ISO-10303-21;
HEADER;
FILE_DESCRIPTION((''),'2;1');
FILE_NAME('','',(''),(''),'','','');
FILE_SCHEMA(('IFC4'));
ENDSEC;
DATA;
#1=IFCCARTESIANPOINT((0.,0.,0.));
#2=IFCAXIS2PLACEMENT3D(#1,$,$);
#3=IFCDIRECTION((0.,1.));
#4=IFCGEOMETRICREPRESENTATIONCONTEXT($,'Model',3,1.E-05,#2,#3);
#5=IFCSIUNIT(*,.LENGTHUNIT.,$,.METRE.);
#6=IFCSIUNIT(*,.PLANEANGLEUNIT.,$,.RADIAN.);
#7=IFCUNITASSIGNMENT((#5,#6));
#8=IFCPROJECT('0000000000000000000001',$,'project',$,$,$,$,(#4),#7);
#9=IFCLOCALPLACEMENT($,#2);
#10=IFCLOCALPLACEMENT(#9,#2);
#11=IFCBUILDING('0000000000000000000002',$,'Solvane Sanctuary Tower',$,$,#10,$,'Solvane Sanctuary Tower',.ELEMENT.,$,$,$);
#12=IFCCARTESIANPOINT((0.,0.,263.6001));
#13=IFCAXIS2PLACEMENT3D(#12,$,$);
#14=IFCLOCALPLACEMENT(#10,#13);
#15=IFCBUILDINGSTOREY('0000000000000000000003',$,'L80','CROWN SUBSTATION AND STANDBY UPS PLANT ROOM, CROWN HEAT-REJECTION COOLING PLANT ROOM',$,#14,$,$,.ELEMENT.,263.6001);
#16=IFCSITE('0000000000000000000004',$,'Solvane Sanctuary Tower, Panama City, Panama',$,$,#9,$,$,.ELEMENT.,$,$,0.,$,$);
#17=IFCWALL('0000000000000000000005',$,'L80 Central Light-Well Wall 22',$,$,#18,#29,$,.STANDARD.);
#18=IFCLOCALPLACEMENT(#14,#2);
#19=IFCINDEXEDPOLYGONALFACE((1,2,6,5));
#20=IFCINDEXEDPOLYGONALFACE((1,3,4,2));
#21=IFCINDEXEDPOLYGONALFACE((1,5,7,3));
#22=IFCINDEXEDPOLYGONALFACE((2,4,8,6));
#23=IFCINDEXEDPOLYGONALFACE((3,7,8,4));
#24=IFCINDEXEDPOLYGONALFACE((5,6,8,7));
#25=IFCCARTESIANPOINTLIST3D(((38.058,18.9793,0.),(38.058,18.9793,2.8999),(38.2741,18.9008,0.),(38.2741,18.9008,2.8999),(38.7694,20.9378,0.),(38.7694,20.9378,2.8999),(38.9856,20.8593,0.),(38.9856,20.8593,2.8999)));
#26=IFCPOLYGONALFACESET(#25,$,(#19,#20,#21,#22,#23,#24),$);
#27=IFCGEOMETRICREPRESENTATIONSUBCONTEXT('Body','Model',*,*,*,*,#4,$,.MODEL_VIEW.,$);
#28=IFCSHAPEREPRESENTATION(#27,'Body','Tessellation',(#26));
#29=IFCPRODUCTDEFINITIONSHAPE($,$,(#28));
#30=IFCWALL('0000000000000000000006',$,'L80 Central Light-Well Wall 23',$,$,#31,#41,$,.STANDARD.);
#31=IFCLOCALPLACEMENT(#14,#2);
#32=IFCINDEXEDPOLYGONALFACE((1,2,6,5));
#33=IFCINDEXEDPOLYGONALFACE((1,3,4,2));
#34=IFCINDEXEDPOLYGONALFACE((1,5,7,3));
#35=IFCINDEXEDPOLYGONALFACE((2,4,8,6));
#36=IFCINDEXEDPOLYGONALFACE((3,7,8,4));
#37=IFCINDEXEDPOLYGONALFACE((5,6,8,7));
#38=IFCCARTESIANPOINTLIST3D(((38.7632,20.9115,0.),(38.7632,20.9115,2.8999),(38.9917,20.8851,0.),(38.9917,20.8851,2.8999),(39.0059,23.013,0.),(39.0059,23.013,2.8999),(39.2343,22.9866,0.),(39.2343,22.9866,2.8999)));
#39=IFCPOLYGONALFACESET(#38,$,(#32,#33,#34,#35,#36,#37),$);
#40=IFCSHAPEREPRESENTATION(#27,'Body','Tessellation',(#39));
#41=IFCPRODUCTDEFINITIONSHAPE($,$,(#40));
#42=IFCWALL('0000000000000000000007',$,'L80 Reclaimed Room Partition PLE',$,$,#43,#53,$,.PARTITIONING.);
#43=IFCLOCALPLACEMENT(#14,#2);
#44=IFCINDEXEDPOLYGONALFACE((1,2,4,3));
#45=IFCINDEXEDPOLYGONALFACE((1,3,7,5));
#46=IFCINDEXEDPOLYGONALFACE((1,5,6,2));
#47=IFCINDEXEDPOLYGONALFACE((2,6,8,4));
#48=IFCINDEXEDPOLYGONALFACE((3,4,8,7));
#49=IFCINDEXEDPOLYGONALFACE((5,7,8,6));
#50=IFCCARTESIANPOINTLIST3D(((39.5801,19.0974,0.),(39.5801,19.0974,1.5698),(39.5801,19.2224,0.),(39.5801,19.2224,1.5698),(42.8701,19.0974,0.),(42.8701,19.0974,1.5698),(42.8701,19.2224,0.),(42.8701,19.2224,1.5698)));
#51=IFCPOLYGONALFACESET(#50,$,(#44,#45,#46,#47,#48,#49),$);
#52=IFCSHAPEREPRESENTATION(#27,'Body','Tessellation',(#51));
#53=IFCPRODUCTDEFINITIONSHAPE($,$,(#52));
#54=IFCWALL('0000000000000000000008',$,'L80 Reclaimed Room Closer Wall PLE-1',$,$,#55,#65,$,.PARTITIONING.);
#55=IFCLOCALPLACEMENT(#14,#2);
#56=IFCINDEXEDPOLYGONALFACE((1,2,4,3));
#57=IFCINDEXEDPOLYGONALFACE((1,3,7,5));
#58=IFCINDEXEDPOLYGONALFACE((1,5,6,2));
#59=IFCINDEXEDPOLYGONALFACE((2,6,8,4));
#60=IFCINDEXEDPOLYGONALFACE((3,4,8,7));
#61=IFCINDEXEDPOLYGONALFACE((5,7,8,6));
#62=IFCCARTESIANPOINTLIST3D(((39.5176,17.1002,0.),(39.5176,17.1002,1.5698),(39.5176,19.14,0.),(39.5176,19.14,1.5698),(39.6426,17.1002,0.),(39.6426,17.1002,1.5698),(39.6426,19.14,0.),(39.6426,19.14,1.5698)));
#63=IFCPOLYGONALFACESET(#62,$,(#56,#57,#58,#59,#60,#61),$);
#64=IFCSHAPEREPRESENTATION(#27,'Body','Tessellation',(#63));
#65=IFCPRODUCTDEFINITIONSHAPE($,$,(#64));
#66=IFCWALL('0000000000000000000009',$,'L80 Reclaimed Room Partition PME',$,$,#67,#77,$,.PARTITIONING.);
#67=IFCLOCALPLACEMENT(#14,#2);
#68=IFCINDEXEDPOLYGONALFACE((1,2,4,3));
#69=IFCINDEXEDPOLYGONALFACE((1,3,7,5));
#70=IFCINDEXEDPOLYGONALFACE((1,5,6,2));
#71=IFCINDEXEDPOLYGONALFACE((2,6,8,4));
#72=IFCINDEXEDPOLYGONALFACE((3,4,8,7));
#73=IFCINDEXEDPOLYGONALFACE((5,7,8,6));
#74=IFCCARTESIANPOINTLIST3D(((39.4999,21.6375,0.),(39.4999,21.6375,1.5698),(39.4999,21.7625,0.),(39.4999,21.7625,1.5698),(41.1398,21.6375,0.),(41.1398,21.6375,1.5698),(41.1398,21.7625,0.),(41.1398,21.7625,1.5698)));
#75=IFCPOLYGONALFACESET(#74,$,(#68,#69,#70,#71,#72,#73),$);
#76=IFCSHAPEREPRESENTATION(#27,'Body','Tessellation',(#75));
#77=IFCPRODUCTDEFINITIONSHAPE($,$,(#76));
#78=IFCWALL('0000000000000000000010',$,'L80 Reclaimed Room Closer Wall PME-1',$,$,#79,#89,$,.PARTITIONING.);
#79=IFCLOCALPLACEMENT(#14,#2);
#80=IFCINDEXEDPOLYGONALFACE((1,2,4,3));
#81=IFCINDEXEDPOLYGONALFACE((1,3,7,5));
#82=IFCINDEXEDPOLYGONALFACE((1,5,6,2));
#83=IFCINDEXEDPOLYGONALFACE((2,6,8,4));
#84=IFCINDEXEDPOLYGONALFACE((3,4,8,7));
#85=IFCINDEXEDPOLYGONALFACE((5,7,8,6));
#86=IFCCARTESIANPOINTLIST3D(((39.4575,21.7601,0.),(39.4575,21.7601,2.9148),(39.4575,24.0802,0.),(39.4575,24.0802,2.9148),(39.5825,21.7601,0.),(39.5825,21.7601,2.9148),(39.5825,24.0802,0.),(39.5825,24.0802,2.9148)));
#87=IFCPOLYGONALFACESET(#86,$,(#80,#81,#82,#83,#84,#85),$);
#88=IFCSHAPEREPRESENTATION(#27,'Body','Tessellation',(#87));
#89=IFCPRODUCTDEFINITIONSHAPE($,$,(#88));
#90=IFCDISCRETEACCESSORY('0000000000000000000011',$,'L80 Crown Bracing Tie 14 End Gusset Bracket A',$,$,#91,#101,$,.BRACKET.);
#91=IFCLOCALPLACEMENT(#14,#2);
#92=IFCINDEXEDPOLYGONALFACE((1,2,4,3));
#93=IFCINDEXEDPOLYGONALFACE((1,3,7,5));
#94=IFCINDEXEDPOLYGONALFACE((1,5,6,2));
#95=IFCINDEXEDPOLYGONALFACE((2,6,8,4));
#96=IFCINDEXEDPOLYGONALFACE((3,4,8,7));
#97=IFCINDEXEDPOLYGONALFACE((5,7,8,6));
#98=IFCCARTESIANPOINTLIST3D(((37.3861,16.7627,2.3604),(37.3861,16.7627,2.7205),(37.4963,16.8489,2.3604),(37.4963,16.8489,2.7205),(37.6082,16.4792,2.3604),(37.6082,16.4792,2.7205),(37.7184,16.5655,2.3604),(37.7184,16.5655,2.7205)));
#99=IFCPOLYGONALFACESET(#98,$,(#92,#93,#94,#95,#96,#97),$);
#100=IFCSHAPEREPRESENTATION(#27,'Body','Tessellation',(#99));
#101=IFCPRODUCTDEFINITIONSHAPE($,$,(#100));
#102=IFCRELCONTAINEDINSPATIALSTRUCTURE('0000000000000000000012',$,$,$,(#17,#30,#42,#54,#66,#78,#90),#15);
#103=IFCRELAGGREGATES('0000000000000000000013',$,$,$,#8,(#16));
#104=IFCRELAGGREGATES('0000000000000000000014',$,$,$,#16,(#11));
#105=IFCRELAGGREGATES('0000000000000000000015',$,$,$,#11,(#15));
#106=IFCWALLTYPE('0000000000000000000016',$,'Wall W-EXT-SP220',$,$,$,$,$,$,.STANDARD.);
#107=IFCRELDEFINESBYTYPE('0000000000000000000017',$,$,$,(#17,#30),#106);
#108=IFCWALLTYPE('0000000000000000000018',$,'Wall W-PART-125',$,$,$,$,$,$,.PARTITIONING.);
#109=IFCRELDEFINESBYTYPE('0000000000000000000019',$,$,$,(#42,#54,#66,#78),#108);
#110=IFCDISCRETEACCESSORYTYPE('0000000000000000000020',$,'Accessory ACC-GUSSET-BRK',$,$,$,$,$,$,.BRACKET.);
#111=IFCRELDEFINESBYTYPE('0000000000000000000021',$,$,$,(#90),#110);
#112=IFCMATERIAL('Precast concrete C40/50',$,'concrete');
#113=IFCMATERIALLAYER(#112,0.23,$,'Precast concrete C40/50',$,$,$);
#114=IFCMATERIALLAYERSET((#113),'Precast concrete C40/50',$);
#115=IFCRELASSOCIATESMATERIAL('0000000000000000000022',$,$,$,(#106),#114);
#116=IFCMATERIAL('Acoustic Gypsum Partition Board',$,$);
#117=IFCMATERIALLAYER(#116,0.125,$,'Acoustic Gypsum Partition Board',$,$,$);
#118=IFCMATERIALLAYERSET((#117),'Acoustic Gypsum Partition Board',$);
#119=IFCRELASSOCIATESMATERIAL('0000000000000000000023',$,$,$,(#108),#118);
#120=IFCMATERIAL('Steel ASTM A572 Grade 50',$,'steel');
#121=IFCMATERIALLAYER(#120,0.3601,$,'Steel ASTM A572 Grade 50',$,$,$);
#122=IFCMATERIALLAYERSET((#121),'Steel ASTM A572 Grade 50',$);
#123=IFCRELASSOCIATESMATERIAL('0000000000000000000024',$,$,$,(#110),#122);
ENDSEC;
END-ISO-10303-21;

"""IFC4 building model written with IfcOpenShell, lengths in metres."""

from ifc_helpers import new_model, si_unit, direction, frame, frame_2d, origin, origin_2d, place, context, subcontext, project, spatial, rectangle, extrude, material, layer, layer_set, type_object, element, save


model = new_model("IFC4")

# Units and contexts
model_context = context("Model", 3, precision=1e-05, world=origin(), true_north=direction((0.0, 1.0)))
body_context = subcontext(model_context, "Body", "Model", "MODEL_VIEW")
ifc_project = project(units=[si_unit("LENGTHUNIT", "METRE"), si_unit("PLANEANGLEUNIT", "RADIAN")], contexts=[model_context])

# Site, building, storey
site_placement = place(None, origin())
site = spatial("IfcSite", under=ifc_project, at=site_placement, Name="Solvane Sanctuary Tower, Panama City, Panama", CompositionType="ELEMENT", RefElevation=0.0)
building_placement = place(site_placement, origin())
building = spatial("IfcBuilding", under=site, at=building_placement, Name="Solvane Sanctuary Tower", LongName="Solvane Sanctuary Tower", CompositionType="ELEMENT")
storey_placement = place(building_placement, frame((0.0, 0.0, 263.6001)))
storey = spatial("IfcBuildingStorey", under=building, at=storey_placement, Name="L80", Description="CROWN SUBSTATION AND STANDBY UPS PLANT ROOM, CROWN HEAT-REJECTION COOLING PLANT ROOM", CompositionType="ELEMENT", Elevation=263.6001)

# Walls
ifc_material_1 = material(Name="Precast concrete C40/50", Category="concrete")
ifc_layer_1 = layer(ifc_material_1, 0.23, Name="Precast concrete C40/50")
ifc_layer_set_1 = layer_set([ifc_layer_1], Name="Precast concrete C40/50")
wall_type_1 = type_object("IfcWallType", Name="Wall W-EXT-SP220", PredefinedType="STANDARD", material=ifc_layer_set_1)
wall_1_placement = place(storey_placement, frame((38.166, 18.9399, 0.0), z_axis=(0.0, 0.0, 1.0), x_axis=(0.341423, 0.93991, 0.0)))
element("IfcWall", 1, at=wall_1_placement, inside=storey, type_object=wall_type_1, Name="L80 Central Light-Well Wall 22", PredefinedType="STANDARD", context=body_context, shape_type="SweptSolid", body=[
    extrude(rectangle(XDim=2.0837, YDim=0.23, at=frame_2d((1.042, 0.0))), origin(), (0.0, 0.0, 1.0), 2.8999),
])
wall_2_placement = place(storey_placement, frame((38.8774, 20.8984, 0.0), z_axis=(0.0, 0.0, 1.0), x_axis=(0.114712, 0.993399, 0.0)))
element("IfcWall", 2, at=wall_2_placement, inside=storey, type_object=wall_type_1, Name="L80 Central Light-Well Wall 23", PredefinedType="STANDARD", context=body_context, shape_type="SweptSolid", body=[
    extrude(rectangle(XDim=2.1155, YDim=0.23, at=frame_2d((1.0576, 0.0))), origin(), (0.0, 0.0, 1.0), 2.8999),
])
ifc_material_2 = material(Name="Acoustic Gypsum Partition Board")
ifc_layer_2 = layer(ifc_material_2, 0.125, Name="Acoustic Gypsum Partition Board")
ifc_layer_set_2 = layer_set([ifc_layer_2], Name="Acoustic Gypsum Partition Board")
wall_type_2 = type_object("IfcWallType", Name="Wall W-PART-125", PredefinedType="PARTITIONING", material=ifc_layer_set_2)
wall_3_placement = place(storey_placement, frame((39.5801, 19.1599, 0.0), z_axis=(0.0, 0.0, 1.0), x_axis=(1.0, 0.0, 0.0)))
element("IfcWall", 3, at=wall_3_placement, inside=storey, type_object=wall_type_2, Name="L80 Reclaimed Room Partition PLE", PredefinedType="PARTITIONING", context=body_context, shape_type="SweptSolid", body=[
    extrude(rectangle(XDim=3.29, YDim=0.125, at=frame_2d((1.645, 0.0))), origin(), (0.0, 0.0, 1.0), 1.5698),
])
wall_4_placement = place(storey_placement, frame((39.5801, 17.1001, 0.0), z_axis=(0.0, 0.0, 1.0), x_axis=(0.0, 1.0, 0.0)))
element("IfcWall", 4, at=wall_4_placement, inside=storey, type_object=wall_type_2, Name="L80 Reclaimed Room Closer Wall PLE-1", PredefinedType="PARTITIONING", context=body_context, shape_type="SweptSolid", body=[
    extrude(rectangle(XDim=2.0398, YDim=0.125, at=frame_2d((1.02, 0.0))), origin(), (0.0, 0.0, 1.0), 1.5698),
])
wall_5_placement = place(storey_placement, frame((39.5, 21.7, 0.0), z_axis=(0.0, 0.0, 1.0), x_axis=(1.0, 0.0, 0.0)))
element("IfcWall", 5, at=wall_5_placement, inside=storey, type_object=wall_type_2, Name="L80 Reclaimed Room Partition PME", PredefinedType="PARTITIONING", context=body_context, shape_type="SweptSolid", body=[
    extrude(rectangle(XDim=1.6399, YDim=0.125, at=frame_2d((0.8198, 0.0))), origin(), (0.0, 0.0, 1.0), 1.5698),
])
wall_6_placement = place(storey_placement, frame((39.52, 21.76, 0.0), z_axis=(0.0, 0.0, 1.0), x_axis=(0.0, 1.0, 0.0)))
element("IfcWall", 6, at=wall_6_placement, inside=storey, type_object=wall_type_2, Name="L80 Reclaimed Room Closer Wall PME-1", PredefinedType="PARTITIONING", context=body_context, shape_type="SweptSolid", body=[
    extrude(rectangle(XDim=2.3201, YDim=0.125, at=frame_2d((1.1602, 0.0))), origin(), (0.0, 0.0, 1.0), 2.9148),
])

# Discrete accessory
ifc_material_3 = material(Name="Steel ASTM A572 Grade 50", Category="steel")
ifc_layer_3 = layer(ifc_material_3, 0.3601, Name="Steel ASTM A572 Grade 50")
ifc_layer_set_3 = layer_set([ifc_layer_3], Name="Steel ASTM A572 Grade 50")
discrete_accessory_type = type_object("IfcDiscreteAccessoryType", Name="Accessory ACC-GUSSET-BRK", PredefinedType="BRACKET", material=ifc_layer_set_3)
discrete_accessory_placement = place(storey_placement, frame((37.5522, 16.6641, 2.3604), z_axis=(0.0, 0.0, 1.0), x_axis=(0.616761, -0.78715, 0.0)))
element("IfcDiscreteAccessory", 7, at=discrete_accessory_placement, inside=storey, type_object=discrete_accessory_type, Name="L80 Crown Bracing Tie 14 End Gusset Bracket A", PredefinedType="BRACKET", context=body_context, shape_type="SweptSolid", body=[
    extrude(rectangle(XDim=0.3601, YDim=0.1399, at=origin_2d()), origin(), (0.0, 0.0, 1.0), 0.3601),
])

save(model, "model.ifc")
